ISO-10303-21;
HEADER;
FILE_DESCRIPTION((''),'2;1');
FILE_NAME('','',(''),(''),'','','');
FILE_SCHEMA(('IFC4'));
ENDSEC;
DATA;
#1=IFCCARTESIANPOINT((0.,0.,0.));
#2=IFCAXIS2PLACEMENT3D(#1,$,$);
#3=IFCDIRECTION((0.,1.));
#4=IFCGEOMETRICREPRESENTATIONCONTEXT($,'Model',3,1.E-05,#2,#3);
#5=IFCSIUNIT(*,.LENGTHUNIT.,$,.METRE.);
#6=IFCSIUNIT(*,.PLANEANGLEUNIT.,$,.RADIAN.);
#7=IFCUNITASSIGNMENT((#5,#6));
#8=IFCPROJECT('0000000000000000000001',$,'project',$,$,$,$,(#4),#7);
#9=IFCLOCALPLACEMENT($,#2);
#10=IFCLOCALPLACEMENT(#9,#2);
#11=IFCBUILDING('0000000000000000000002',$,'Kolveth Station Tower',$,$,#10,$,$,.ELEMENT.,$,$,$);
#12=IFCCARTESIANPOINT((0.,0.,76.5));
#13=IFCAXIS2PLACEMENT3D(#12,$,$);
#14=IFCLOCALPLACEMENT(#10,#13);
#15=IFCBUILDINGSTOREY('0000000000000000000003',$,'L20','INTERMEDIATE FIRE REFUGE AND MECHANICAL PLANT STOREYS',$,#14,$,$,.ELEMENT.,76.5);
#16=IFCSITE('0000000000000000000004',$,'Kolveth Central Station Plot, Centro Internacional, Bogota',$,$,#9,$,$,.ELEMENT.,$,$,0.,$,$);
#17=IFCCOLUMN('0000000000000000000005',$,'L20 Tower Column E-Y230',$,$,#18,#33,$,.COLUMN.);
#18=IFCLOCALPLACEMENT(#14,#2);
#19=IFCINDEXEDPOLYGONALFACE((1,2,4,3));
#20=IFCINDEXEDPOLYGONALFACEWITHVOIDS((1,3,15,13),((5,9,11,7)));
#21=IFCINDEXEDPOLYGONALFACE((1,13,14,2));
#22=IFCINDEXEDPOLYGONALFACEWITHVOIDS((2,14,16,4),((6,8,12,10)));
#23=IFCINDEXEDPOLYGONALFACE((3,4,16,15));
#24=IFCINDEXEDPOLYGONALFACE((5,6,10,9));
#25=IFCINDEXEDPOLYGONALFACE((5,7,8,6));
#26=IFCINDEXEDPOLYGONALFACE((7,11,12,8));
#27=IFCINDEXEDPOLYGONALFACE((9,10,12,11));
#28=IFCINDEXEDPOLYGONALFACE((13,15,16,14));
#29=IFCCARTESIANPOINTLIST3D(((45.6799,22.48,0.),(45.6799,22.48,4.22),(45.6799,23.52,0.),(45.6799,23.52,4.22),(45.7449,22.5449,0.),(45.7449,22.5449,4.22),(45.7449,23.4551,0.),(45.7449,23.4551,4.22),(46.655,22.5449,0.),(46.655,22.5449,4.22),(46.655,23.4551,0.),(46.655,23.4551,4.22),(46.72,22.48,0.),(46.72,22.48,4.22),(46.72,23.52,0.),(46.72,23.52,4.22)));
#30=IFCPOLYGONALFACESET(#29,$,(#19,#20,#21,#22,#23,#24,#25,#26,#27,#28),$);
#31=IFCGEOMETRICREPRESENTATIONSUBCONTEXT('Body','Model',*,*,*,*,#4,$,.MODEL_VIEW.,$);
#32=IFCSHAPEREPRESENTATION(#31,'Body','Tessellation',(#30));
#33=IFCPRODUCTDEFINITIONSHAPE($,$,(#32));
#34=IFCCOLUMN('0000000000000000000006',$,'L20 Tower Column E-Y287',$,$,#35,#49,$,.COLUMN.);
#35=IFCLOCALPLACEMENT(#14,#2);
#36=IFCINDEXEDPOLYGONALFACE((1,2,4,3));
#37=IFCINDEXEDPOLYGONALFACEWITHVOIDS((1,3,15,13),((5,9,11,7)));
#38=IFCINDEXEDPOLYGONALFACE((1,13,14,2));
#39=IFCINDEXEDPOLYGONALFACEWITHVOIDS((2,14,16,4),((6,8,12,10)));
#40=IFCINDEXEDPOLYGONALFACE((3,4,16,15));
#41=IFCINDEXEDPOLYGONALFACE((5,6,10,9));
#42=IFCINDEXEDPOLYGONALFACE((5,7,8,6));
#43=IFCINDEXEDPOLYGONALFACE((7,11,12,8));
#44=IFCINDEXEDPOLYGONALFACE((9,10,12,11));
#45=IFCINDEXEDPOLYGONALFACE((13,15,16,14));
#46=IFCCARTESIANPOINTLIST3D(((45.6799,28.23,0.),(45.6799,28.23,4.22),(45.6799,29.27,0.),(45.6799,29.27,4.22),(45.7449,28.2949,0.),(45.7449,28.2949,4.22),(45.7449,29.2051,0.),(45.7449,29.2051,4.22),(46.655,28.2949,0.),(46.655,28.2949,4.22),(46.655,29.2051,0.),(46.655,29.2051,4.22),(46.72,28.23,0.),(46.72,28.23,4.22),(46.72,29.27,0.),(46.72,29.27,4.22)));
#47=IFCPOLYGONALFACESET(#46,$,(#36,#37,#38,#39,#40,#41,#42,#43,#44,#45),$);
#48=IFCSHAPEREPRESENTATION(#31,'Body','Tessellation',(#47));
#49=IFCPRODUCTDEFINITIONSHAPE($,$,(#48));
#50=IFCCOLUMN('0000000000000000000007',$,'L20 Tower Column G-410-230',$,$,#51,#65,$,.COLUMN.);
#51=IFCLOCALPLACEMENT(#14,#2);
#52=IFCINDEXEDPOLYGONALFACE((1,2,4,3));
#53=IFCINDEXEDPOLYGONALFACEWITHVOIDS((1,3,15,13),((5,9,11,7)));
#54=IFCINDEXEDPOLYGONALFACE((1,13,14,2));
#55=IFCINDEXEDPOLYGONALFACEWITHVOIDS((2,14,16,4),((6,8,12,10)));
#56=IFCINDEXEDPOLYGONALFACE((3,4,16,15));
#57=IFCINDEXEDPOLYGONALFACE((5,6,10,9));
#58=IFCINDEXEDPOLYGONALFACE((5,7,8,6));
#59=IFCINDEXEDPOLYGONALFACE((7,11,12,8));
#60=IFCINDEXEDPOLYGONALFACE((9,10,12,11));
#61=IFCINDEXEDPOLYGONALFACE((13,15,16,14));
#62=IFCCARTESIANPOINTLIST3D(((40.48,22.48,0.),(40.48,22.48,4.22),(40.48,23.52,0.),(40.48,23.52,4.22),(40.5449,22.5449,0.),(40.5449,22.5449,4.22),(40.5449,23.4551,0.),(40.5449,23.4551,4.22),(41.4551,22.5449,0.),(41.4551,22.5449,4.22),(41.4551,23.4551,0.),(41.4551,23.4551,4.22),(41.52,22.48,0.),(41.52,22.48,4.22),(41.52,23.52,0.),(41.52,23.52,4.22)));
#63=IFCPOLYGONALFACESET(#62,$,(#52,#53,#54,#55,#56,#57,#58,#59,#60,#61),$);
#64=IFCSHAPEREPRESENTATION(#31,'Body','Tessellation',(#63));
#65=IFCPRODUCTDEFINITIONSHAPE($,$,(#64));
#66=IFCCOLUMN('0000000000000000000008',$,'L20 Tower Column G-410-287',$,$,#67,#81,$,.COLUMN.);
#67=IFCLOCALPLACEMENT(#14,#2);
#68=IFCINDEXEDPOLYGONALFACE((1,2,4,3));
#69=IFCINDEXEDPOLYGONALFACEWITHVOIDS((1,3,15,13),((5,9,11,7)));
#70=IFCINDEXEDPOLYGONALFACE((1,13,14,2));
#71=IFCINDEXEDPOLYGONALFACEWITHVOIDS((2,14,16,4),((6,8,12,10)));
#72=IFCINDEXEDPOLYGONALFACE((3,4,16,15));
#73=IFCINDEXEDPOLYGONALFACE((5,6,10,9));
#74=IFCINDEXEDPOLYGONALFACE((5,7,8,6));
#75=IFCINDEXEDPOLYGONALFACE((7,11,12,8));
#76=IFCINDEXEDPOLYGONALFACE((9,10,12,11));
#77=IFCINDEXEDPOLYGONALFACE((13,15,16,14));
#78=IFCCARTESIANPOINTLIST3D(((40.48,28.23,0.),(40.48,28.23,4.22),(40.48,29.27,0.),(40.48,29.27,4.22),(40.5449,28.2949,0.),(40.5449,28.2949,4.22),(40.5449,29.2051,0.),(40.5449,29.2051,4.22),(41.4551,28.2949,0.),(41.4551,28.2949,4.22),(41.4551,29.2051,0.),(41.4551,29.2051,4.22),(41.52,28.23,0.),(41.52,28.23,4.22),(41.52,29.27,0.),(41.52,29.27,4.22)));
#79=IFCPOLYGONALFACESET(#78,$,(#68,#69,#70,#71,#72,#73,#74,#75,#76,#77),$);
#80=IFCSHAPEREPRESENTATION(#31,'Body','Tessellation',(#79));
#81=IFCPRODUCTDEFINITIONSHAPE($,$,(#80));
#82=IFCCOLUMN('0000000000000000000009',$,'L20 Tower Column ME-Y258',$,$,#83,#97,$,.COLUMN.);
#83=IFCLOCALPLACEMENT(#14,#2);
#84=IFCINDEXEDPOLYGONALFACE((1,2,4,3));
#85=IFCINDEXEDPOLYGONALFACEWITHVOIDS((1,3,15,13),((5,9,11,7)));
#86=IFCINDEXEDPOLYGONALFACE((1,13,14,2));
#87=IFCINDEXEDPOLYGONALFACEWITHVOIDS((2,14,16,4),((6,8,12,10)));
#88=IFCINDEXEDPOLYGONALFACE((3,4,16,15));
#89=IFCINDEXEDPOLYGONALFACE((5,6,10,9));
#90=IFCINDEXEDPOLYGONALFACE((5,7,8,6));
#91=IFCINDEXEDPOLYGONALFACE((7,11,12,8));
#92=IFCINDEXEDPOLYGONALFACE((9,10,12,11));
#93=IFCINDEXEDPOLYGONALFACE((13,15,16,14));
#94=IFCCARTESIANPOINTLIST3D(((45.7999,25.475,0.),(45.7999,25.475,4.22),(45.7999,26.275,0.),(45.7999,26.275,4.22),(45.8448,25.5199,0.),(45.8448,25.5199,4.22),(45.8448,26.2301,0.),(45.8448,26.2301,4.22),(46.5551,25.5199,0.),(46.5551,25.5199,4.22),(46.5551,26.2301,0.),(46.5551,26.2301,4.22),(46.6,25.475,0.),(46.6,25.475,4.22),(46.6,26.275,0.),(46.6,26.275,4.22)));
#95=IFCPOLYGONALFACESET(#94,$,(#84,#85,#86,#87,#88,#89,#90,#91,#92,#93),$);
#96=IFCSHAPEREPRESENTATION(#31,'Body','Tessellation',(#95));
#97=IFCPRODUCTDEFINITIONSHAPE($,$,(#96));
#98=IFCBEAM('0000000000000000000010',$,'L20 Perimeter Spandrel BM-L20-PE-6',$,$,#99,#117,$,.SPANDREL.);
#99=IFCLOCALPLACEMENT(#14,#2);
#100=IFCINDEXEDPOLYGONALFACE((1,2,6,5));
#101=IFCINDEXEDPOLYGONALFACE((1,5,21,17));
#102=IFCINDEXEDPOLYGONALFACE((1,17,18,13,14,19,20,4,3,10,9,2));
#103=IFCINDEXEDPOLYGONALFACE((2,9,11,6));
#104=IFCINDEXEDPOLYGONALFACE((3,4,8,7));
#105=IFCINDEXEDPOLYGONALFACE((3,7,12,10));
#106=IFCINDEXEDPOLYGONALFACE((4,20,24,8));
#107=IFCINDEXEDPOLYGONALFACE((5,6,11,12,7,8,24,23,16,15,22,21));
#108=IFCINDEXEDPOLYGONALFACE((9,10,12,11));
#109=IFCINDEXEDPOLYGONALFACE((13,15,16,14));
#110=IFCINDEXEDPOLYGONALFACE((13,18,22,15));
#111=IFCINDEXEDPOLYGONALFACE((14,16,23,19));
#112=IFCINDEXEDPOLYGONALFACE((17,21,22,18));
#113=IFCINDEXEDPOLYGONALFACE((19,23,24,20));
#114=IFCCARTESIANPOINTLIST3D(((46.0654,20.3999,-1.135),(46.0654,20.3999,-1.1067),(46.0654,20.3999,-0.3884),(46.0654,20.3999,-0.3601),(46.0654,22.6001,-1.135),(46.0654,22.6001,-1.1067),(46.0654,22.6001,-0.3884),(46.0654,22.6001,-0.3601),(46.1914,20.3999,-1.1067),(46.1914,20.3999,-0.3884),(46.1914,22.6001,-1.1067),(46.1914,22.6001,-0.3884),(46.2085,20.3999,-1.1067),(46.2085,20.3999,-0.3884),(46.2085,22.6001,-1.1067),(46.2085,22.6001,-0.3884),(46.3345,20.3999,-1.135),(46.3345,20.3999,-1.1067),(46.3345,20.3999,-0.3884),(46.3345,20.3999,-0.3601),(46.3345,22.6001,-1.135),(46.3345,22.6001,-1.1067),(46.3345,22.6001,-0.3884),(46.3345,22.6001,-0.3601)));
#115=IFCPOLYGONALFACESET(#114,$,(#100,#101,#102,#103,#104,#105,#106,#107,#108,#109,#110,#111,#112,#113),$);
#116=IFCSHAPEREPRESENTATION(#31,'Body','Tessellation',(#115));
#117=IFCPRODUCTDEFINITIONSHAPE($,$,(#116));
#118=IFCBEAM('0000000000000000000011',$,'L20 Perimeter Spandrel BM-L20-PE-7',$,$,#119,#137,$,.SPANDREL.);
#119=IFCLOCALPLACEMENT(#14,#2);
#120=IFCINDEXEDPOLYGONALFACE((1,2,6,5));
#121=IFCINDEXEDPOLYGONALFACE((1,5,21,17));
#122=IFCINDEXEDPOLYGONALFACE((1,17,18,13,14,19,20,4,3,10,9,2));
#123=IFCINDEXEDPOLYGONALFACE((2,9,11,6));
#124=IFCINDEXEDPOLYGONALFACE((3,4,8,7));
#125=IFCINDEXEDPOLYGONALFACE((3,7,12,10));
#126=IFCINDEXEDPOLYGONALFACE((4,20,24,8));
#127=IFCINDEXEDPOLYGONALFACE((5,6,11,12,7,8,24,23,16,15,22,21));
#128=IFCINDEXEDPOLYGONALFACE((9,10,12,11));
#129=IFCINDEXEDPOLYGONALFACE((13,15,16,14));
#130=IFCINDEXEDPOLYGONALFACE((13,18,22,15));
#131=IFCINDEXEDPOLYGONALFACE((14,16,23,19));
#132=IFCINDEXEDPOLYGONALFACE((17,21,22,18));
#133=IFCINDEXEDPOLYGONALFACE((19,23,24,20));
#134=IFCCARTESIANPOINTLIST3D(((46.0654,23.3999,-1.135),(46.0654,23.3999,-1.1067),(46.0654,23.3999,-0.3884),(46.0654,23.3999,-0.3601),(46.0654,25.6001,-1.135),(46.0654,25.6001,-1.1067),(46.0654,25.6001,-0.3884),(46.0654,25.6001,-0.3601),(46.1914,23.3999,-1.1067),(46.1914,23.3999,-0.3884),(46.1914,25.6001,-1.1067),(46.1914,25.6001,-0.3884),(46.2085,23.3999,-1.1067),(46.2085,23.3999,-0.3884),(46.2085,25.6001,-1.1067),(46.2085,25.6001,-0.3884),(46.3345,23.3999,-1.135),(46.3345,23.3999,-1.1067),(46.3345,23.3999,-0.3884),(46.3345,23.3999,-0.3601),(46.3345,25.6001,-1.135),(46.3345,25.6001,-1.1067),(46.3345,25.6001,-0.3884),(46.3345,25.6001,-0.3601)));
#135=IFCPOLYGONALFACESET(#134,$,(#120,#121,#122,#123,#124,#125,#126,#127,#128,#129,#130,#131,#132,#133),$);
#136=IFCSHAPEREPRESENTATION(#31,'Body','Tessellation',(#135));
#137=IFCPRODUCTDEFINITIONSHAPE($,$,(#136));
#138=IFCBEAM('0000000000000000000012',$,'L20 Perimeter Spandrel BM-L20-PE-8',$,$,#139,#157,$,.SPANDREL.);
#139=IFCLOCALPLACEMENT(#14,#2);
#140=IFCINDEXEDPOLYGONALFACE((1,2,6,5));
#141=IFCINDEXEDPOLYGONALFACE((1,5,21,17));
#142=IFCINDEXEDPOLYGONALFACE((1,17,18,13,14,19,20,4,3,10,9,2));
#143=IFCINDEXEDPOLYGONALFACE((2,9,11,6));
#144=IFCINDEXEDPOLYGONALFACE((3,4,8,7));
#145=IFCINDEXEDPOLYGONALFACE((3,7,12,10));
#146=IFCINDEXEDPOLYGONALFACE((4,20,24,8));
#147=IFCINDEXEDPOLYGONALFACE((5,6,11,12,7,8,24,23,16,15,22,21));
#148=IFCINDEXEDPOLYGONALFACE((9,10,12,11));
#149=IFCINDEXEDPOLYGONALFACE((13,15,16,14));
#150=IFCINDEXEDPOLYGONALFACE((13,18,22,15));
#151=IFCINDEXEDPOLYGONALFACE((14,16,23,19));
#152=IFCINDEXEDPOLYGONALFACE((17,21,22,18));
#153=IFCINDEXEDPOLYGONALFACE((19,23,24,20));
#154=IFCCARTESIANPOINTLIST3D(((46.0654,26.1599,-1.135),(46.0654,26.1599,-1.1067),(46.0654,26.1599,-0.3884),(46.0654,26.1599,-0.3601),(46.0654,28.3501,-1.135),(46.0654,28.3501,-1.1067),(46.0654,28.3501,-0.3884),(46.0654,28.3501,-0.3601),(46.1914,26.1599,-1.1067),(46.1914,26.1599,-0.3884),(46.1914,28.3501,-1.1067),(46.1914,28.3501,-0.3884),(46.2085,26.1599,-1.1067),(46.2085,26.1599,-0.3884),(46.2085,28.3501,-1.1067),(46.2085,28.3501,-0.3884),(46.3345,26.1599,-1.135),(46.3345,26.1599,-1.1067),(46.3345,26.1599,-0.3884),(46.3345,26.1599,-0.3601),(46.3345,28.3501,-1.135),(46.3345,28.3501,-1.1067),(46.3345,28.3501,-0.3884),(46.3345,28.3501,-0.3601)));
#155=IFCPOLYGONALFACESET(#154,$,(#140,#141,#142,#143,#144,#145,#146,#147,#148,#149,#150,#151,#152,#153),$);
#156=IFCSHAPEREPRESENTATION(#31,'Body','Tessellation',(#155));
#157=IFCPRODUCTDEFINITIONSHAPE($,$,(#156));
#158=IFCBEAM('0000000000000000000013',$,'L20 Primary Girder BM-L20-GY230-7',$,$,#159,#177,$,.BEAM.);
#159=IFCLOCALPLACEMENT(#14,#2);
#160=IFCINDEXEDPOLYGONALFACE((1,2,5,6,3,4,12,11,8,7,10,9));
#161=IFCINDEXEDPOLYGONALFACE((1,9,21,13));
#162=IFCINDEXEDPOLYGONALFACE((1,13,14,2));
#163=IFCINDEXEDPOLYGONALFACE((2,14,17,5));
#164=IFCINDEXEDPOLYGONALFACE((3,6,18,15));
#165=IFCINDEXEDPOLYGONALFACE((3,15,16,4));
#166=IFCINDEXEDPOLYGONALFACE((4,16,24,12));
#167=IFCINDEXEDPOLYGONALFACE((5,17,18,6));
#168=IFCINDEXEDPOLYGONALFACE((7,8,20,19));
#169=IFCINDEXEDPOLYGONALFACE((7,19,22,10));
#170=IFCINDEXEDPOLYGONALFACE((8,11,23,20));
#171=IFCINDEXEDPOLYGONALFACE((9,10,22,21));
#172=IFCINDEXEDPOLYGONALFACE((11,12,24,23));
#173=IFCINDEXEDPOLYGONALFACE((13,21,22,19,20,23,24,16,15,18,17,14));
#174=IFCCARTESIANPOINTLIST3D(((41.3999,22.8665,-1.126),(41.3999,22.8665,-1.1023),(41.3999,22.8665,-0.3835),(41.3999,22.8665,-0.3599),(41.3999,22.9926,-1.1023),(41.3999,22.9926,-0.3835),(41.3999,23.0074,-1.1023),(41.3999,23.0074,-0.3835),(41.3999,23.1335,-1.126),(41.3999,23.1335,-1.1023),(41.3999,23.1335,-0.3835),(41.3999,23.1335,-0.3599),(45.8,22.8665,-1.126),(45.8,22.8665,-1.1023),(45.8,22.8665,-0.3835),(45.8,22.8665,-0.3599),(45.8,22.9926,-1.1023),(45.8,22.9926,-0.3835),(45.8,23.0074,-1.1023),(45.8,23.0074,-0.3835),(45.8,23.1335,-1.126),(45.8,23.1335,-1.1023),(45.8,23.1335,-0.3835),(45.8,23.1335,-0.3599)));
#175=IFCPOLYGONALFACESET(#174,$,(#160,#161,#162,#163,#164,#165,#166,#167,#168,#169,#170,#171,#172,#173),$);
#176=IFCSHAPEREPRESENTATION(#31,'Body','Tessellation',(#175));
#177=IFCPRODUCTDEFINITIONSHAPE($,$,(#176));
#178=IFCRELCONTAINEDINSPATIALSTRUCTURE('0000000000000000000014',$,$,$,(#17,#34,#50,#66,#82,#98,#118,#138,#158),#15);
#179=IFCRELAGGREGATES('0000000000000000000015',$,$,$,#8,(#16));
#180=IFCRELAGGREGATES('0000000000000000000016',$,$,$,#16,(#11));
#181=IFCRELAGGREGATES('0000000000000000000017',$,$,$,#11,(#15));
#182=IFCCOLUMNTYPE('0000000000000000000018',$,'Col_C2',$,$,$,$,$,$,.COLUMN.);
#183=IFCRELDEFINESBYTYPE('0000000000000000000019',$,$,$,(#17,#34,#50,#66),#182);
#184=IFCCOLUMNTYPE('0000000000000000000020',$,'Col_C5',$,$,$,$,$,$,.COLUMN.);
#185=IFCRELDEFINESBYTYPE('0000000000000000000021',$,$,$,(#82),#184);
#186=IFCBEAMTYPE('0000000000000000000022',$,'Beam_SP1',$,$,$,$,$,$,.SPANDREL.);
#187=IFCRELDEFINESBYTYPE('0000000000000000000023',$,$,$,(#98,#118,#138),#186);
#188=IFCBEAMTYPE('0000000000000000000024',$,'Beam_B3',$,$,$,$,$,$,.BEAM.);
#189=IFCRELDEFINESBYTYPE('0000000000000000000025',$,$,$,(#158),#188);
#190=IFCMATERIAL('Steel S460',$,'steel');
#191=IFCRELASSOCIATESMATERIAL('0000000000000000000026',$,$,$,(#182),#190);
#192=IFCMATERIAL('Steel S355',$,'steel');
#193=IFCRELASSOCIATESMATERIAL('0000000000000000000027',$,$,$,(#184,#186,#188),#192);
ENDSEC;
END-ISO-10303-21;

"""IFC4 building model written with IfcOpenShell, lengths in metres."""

from ifc_helpers import new_model, si_unit, direction, frame, origin, origin_2d, place, context, subcontext, project, spatial, hollow_rectangle, i_section, extrude, source, transform, mapped, material, material_profile, profile_set, type_object, element, save


model = new_model("IFC4")

# Units and contexts
model_context = context("Model", 3, precision=1e-05, world=origin(), true_north=direction((0.0, 1.0)))
body_context = subcontext(model_context, "Body", "Model", "MODEL_VIEW")
ifc_project = project(units=[si_unit("LENGTHUNIT", "METRE"), si_unit("PLANEANGLEUNIT", "RADIAN")], contexts=[model_context])

# Site, building, storey
site_placement = place(None, origin())
site = spatial("IfcSite", under=ifc_project, at=site_placement, Name="Kolveth Central Station Plot, Centro Internacional, Bogota", CompositionType="ELEMENT", RefElevation=0.0)
building_placement = place(site_placement, origin())
building = spatial("IfcBuilding", under=site, at=building_placement, Name="Kolveth Station Tower", CompositionType="ELEMENT")
storey_placement = place(building_placement, frame((0.0, 0.0, 76.5)))
storey = spatial("IfcBuildingStorey", under=building, at=storey_placement, Name="L20", Description="INTERMEDIATE FIRE REFUGE AND MECHANICAL PLANT STOREYS", CompositionType="ELEMENT", Elevation=76.5)

# Columns
ifc_material_1 = material(Name="Steel S460", Category="steel")
ifc_material_profile_1 = material_profile(ifc_material_1, hollow_rectangle(XDim=1.04, YDim=1.04, WallThickness=0.0649, at=origin_2d()), Name="BOX1040x1040x65")
ifc_profile_set_1 = profile_set([ifc_material_profile_1], Name="Steel S460")
column_type_1 = type_object("IfcColumnType", Name="Col_C2", PredefinedType="COLUMN", material=ifc_profile_set_1)
shared_shape_1 = source(origin(), body_context, "Body", "SweptSolid", [
    extrude(hollow_rectangle(XDim=1.04, YDim=1.04, WallThickness=0.0649, at=origin_2d()), origin(), (0.0, 0.0, 1.0), 4.22),
])
for number, where, z_axis, x_axis, name in (
    (1, (46.2, 23.0, 0.0), (0.0, 0.0, 1.0), (1.0, 0.0, 0.0), "L20 Tower Column E-Y230"),
    (2, (46.2, 28.75, 0.0), (0.0, 0.0, 1.0), (1.0, 0.0, 0.0), "L20 Tower Column E-Y287"),
    (3, (41.0, 23.0, 0.0), (0.0, 0.0, 1.0), (1.0, 0.0, 0.0), "L20 Tower Column G-410-230"),
    (4, (41.0, 28.75, 0.0), (0.0, 0.0, 1.0), (1.0, 0.0, 0.0), "L20 Tower Column G-410-287"),
):
    element("IfcColumn", number, at=place(storey_placement, frame(where, z_axis=z_axis, x_axis=x_axis)), inside=storey, type_object=column_type_1, Name=name, PredefinedType="COLUMN", context=body_context, shape_type="MappedRepresentation", body=[
        mapped(shared_shape_1, transform((0.0, 0.0, 0.0), x_axis=(1.0, 0.0, 0.0), y_axis=(0.0, 1.0, 0.0), z_axis=(0.0, 0.0, 1.0), scale=1.0)),
    ])
ifc_material_2 = material(Name="Steel S355", Category="steel")
ifc_material_profile_2 = material_profile(ifc_material_2, hollow_rectangle(XDim=0.8, YDim=0.8, WallThickness=0.0449, at=origin_2d()), Name="BOX800x800x45")
ifc_profile_set_2 = profile_set([ifc_material_profile_2], Name="Steel S355")
column_type_2 = type_object("IfcColumnType", Name="Col_C5", PredefinedType="COLUMN", material=ifc_profile_set_2)
shared_shape_2 = source(origin(), body_context, "Body", "SweptSolid", [
    extrude(hollow_rectangle(XDim=0.8, YDim=0.8, WallThickness=0.0449, at=origin_2d()), origin(), (0.0, 0.0, 1.0), 4.22),
])
column_placement = place(storey_placement, frame((46.2, 25.875, 0.0), z_axis=(0.0, 0.0, 1.0), x_axis=(1.0, 0.0, 0.0)))
element("IfcColumn", 5, at=column_placement, inside=storey, type_object=column_type_2, Name="L20 Tower Column ME-Y258", PredefinedType="COLUMN", context=body_context, shape_type="MappedRepresentation", body=[
    mapped(shared_shape_2, transform((0.0, 0.0, 0.0), x_axis=(1.0, 0.0, 0.0), y_axis=(0.0, 1.0, 0.0), z_axis=(0.0, 0.0, 1.0), scale=1.0)),
])

# Beams
ifc_material_profile_3 = material_profile(ifc_material_2, i_section(OverallWidth=0.269, OverallDepth=0.7749, WebThickness=0.0171, FlangeThickness=0.0283, at=origin_2d()), Name="W760x220")
ifc_profile_set_3 = profile_set([ifc_material_profile_3], Name="Steel S355")
beam_type_1 = type_object("IfcBeamType", Name="Beam_SP1", PredefinedType="SPANDREL", material=ifc_profile_set_3)
shared_shape_3 = source(origin(), body_context, "Body", "SweptSolid", [
    extrude(i_section(OverallWidth=0.269, OverallDepth=0.7749, WebThickness=0.0171, FlangeThickness=0.0283, at=origin_2d()), origin(), (0.0, 0.0, 1.0), 2.2002),
])
for number, where, z_axis, x_axis, name in (
    (6, (46.2, 20.3999, -0.7476), (0.0, 1.0, 0.0), (-1.0, 0.0, 0.0), "L20 Perimeter Spandrel BM-L20-PE-6"),
    (7, (46.2, 23.3999, -0.7476), (0.0, 1.0, 0.0), (-1.0, 0.0, 0.0), "L20 Perimeter Spandrel BM-L20-PE-7"),
):
    element("IfcBeam", number, at=place(storey_placement, frame(where, z_axis=z_axis, x_axis=x_axis)), inside=storey, type_object=beam_type_1, Name=name, PredefinedType="SPANDREL", context=body_context, shape_type="MappedRepresentation", body=[
        mapped(shared_shape_3, transform((0.0, 0.0, 0.0), x_axis=(1.0, 0.0, 0.0), y_axis=(0.0, 1.0, 0.0), z_axis=(0.0, 0.0, 1.0), scale=1.0)),
    ])
shared_shape_4 = source(origin(), body_context, "Body", "SweptSolid", [
    extrude(i_section(OverallWidth=0.269, OverallDepth=0.7749, WebThickness=0.0171, FlangeThickness=0.0283, at=origin_2d()), origin(), (0.0, 0.0, 1.0), 2.1902),
])
beam_1_placement = place(storey_placement, frame((46.2, 26.1599, -0.7476), z_axis=(0.0, 1.0, 0.0), x_axis=(-1.0, 0.0, 0.0)))
element("IfcBeam", 8, at=beam_1_placement, inside=storey, type_object=beam_type_1, Name="L20 Perimeter Spandrel BM-L20-PE-8", PredefinedType="SPANDREL", context=body_context, shape_type="MappedRepresentation", body=[
    mapped(shared_shape_4, transform((0.0, 0.0, 0.0), x_axis=(1.0, 0.0, 0.0), y_axis=(0.0, 1.0, 0.0), z_axis=(0.0, 0.0, 1.0), scale=1.0)),
])
ifc_material_profile_4 = material_profile(ifc_material_2, i_section(OverallWidth=0.2671, OverallDepth=0.7661, WebThickness=0.0149, FlangeThickness=0.0237, at=origin_2d()), Name="W760x185")
ifc_profile_set_4 = profile_set([ifc_material_profile_4], Name="Steel S355")
beam_type_2 = type_object("IfcBeamType", Name="Beam_B3", PredefinedType="BEAM", material=ifc_profile_set_4)
shared_shape_5 = source(origin(), body_context, "Body", "SweptSolid", [
    extrude(i_section(OverallWidth=0.2671, OverallDepth=0.7661, WebThickness=0.0149, FlangeThickness=0.0237, at=origin_2d()), origin(), (0.0, 0.0, 1.0), 4.4001),
])
for number, where, z_axis, x_axis, name in (
    (9, (41.3999, 23.0, -0.7429), (1.0, 0.0, 0.0), (0.0, 1.0, 0.0), "L20 Primary Girder BM-L20-GY230-7"),
):
    element("IfcBeam", number, at=place(storey_placement, frame(where, z_axis=z_axis, x_axis=x_axis)), inside=storey, type_object=beam_type_2, Name=name, PredefinedType="BEAM", context=body_context, shape_type="MappedRepresentation", body=[
        mapped(shared_shape_5, transform((0.0, 0.0, 0.0), x_axis=(1.0, 0.0, 0.0), y_axis=(0.0, 1.0, 0.0), z_axis=(0.0, 0.0, 1.0), scale=1.0)),
    ])

save(model, "model.ifc")
